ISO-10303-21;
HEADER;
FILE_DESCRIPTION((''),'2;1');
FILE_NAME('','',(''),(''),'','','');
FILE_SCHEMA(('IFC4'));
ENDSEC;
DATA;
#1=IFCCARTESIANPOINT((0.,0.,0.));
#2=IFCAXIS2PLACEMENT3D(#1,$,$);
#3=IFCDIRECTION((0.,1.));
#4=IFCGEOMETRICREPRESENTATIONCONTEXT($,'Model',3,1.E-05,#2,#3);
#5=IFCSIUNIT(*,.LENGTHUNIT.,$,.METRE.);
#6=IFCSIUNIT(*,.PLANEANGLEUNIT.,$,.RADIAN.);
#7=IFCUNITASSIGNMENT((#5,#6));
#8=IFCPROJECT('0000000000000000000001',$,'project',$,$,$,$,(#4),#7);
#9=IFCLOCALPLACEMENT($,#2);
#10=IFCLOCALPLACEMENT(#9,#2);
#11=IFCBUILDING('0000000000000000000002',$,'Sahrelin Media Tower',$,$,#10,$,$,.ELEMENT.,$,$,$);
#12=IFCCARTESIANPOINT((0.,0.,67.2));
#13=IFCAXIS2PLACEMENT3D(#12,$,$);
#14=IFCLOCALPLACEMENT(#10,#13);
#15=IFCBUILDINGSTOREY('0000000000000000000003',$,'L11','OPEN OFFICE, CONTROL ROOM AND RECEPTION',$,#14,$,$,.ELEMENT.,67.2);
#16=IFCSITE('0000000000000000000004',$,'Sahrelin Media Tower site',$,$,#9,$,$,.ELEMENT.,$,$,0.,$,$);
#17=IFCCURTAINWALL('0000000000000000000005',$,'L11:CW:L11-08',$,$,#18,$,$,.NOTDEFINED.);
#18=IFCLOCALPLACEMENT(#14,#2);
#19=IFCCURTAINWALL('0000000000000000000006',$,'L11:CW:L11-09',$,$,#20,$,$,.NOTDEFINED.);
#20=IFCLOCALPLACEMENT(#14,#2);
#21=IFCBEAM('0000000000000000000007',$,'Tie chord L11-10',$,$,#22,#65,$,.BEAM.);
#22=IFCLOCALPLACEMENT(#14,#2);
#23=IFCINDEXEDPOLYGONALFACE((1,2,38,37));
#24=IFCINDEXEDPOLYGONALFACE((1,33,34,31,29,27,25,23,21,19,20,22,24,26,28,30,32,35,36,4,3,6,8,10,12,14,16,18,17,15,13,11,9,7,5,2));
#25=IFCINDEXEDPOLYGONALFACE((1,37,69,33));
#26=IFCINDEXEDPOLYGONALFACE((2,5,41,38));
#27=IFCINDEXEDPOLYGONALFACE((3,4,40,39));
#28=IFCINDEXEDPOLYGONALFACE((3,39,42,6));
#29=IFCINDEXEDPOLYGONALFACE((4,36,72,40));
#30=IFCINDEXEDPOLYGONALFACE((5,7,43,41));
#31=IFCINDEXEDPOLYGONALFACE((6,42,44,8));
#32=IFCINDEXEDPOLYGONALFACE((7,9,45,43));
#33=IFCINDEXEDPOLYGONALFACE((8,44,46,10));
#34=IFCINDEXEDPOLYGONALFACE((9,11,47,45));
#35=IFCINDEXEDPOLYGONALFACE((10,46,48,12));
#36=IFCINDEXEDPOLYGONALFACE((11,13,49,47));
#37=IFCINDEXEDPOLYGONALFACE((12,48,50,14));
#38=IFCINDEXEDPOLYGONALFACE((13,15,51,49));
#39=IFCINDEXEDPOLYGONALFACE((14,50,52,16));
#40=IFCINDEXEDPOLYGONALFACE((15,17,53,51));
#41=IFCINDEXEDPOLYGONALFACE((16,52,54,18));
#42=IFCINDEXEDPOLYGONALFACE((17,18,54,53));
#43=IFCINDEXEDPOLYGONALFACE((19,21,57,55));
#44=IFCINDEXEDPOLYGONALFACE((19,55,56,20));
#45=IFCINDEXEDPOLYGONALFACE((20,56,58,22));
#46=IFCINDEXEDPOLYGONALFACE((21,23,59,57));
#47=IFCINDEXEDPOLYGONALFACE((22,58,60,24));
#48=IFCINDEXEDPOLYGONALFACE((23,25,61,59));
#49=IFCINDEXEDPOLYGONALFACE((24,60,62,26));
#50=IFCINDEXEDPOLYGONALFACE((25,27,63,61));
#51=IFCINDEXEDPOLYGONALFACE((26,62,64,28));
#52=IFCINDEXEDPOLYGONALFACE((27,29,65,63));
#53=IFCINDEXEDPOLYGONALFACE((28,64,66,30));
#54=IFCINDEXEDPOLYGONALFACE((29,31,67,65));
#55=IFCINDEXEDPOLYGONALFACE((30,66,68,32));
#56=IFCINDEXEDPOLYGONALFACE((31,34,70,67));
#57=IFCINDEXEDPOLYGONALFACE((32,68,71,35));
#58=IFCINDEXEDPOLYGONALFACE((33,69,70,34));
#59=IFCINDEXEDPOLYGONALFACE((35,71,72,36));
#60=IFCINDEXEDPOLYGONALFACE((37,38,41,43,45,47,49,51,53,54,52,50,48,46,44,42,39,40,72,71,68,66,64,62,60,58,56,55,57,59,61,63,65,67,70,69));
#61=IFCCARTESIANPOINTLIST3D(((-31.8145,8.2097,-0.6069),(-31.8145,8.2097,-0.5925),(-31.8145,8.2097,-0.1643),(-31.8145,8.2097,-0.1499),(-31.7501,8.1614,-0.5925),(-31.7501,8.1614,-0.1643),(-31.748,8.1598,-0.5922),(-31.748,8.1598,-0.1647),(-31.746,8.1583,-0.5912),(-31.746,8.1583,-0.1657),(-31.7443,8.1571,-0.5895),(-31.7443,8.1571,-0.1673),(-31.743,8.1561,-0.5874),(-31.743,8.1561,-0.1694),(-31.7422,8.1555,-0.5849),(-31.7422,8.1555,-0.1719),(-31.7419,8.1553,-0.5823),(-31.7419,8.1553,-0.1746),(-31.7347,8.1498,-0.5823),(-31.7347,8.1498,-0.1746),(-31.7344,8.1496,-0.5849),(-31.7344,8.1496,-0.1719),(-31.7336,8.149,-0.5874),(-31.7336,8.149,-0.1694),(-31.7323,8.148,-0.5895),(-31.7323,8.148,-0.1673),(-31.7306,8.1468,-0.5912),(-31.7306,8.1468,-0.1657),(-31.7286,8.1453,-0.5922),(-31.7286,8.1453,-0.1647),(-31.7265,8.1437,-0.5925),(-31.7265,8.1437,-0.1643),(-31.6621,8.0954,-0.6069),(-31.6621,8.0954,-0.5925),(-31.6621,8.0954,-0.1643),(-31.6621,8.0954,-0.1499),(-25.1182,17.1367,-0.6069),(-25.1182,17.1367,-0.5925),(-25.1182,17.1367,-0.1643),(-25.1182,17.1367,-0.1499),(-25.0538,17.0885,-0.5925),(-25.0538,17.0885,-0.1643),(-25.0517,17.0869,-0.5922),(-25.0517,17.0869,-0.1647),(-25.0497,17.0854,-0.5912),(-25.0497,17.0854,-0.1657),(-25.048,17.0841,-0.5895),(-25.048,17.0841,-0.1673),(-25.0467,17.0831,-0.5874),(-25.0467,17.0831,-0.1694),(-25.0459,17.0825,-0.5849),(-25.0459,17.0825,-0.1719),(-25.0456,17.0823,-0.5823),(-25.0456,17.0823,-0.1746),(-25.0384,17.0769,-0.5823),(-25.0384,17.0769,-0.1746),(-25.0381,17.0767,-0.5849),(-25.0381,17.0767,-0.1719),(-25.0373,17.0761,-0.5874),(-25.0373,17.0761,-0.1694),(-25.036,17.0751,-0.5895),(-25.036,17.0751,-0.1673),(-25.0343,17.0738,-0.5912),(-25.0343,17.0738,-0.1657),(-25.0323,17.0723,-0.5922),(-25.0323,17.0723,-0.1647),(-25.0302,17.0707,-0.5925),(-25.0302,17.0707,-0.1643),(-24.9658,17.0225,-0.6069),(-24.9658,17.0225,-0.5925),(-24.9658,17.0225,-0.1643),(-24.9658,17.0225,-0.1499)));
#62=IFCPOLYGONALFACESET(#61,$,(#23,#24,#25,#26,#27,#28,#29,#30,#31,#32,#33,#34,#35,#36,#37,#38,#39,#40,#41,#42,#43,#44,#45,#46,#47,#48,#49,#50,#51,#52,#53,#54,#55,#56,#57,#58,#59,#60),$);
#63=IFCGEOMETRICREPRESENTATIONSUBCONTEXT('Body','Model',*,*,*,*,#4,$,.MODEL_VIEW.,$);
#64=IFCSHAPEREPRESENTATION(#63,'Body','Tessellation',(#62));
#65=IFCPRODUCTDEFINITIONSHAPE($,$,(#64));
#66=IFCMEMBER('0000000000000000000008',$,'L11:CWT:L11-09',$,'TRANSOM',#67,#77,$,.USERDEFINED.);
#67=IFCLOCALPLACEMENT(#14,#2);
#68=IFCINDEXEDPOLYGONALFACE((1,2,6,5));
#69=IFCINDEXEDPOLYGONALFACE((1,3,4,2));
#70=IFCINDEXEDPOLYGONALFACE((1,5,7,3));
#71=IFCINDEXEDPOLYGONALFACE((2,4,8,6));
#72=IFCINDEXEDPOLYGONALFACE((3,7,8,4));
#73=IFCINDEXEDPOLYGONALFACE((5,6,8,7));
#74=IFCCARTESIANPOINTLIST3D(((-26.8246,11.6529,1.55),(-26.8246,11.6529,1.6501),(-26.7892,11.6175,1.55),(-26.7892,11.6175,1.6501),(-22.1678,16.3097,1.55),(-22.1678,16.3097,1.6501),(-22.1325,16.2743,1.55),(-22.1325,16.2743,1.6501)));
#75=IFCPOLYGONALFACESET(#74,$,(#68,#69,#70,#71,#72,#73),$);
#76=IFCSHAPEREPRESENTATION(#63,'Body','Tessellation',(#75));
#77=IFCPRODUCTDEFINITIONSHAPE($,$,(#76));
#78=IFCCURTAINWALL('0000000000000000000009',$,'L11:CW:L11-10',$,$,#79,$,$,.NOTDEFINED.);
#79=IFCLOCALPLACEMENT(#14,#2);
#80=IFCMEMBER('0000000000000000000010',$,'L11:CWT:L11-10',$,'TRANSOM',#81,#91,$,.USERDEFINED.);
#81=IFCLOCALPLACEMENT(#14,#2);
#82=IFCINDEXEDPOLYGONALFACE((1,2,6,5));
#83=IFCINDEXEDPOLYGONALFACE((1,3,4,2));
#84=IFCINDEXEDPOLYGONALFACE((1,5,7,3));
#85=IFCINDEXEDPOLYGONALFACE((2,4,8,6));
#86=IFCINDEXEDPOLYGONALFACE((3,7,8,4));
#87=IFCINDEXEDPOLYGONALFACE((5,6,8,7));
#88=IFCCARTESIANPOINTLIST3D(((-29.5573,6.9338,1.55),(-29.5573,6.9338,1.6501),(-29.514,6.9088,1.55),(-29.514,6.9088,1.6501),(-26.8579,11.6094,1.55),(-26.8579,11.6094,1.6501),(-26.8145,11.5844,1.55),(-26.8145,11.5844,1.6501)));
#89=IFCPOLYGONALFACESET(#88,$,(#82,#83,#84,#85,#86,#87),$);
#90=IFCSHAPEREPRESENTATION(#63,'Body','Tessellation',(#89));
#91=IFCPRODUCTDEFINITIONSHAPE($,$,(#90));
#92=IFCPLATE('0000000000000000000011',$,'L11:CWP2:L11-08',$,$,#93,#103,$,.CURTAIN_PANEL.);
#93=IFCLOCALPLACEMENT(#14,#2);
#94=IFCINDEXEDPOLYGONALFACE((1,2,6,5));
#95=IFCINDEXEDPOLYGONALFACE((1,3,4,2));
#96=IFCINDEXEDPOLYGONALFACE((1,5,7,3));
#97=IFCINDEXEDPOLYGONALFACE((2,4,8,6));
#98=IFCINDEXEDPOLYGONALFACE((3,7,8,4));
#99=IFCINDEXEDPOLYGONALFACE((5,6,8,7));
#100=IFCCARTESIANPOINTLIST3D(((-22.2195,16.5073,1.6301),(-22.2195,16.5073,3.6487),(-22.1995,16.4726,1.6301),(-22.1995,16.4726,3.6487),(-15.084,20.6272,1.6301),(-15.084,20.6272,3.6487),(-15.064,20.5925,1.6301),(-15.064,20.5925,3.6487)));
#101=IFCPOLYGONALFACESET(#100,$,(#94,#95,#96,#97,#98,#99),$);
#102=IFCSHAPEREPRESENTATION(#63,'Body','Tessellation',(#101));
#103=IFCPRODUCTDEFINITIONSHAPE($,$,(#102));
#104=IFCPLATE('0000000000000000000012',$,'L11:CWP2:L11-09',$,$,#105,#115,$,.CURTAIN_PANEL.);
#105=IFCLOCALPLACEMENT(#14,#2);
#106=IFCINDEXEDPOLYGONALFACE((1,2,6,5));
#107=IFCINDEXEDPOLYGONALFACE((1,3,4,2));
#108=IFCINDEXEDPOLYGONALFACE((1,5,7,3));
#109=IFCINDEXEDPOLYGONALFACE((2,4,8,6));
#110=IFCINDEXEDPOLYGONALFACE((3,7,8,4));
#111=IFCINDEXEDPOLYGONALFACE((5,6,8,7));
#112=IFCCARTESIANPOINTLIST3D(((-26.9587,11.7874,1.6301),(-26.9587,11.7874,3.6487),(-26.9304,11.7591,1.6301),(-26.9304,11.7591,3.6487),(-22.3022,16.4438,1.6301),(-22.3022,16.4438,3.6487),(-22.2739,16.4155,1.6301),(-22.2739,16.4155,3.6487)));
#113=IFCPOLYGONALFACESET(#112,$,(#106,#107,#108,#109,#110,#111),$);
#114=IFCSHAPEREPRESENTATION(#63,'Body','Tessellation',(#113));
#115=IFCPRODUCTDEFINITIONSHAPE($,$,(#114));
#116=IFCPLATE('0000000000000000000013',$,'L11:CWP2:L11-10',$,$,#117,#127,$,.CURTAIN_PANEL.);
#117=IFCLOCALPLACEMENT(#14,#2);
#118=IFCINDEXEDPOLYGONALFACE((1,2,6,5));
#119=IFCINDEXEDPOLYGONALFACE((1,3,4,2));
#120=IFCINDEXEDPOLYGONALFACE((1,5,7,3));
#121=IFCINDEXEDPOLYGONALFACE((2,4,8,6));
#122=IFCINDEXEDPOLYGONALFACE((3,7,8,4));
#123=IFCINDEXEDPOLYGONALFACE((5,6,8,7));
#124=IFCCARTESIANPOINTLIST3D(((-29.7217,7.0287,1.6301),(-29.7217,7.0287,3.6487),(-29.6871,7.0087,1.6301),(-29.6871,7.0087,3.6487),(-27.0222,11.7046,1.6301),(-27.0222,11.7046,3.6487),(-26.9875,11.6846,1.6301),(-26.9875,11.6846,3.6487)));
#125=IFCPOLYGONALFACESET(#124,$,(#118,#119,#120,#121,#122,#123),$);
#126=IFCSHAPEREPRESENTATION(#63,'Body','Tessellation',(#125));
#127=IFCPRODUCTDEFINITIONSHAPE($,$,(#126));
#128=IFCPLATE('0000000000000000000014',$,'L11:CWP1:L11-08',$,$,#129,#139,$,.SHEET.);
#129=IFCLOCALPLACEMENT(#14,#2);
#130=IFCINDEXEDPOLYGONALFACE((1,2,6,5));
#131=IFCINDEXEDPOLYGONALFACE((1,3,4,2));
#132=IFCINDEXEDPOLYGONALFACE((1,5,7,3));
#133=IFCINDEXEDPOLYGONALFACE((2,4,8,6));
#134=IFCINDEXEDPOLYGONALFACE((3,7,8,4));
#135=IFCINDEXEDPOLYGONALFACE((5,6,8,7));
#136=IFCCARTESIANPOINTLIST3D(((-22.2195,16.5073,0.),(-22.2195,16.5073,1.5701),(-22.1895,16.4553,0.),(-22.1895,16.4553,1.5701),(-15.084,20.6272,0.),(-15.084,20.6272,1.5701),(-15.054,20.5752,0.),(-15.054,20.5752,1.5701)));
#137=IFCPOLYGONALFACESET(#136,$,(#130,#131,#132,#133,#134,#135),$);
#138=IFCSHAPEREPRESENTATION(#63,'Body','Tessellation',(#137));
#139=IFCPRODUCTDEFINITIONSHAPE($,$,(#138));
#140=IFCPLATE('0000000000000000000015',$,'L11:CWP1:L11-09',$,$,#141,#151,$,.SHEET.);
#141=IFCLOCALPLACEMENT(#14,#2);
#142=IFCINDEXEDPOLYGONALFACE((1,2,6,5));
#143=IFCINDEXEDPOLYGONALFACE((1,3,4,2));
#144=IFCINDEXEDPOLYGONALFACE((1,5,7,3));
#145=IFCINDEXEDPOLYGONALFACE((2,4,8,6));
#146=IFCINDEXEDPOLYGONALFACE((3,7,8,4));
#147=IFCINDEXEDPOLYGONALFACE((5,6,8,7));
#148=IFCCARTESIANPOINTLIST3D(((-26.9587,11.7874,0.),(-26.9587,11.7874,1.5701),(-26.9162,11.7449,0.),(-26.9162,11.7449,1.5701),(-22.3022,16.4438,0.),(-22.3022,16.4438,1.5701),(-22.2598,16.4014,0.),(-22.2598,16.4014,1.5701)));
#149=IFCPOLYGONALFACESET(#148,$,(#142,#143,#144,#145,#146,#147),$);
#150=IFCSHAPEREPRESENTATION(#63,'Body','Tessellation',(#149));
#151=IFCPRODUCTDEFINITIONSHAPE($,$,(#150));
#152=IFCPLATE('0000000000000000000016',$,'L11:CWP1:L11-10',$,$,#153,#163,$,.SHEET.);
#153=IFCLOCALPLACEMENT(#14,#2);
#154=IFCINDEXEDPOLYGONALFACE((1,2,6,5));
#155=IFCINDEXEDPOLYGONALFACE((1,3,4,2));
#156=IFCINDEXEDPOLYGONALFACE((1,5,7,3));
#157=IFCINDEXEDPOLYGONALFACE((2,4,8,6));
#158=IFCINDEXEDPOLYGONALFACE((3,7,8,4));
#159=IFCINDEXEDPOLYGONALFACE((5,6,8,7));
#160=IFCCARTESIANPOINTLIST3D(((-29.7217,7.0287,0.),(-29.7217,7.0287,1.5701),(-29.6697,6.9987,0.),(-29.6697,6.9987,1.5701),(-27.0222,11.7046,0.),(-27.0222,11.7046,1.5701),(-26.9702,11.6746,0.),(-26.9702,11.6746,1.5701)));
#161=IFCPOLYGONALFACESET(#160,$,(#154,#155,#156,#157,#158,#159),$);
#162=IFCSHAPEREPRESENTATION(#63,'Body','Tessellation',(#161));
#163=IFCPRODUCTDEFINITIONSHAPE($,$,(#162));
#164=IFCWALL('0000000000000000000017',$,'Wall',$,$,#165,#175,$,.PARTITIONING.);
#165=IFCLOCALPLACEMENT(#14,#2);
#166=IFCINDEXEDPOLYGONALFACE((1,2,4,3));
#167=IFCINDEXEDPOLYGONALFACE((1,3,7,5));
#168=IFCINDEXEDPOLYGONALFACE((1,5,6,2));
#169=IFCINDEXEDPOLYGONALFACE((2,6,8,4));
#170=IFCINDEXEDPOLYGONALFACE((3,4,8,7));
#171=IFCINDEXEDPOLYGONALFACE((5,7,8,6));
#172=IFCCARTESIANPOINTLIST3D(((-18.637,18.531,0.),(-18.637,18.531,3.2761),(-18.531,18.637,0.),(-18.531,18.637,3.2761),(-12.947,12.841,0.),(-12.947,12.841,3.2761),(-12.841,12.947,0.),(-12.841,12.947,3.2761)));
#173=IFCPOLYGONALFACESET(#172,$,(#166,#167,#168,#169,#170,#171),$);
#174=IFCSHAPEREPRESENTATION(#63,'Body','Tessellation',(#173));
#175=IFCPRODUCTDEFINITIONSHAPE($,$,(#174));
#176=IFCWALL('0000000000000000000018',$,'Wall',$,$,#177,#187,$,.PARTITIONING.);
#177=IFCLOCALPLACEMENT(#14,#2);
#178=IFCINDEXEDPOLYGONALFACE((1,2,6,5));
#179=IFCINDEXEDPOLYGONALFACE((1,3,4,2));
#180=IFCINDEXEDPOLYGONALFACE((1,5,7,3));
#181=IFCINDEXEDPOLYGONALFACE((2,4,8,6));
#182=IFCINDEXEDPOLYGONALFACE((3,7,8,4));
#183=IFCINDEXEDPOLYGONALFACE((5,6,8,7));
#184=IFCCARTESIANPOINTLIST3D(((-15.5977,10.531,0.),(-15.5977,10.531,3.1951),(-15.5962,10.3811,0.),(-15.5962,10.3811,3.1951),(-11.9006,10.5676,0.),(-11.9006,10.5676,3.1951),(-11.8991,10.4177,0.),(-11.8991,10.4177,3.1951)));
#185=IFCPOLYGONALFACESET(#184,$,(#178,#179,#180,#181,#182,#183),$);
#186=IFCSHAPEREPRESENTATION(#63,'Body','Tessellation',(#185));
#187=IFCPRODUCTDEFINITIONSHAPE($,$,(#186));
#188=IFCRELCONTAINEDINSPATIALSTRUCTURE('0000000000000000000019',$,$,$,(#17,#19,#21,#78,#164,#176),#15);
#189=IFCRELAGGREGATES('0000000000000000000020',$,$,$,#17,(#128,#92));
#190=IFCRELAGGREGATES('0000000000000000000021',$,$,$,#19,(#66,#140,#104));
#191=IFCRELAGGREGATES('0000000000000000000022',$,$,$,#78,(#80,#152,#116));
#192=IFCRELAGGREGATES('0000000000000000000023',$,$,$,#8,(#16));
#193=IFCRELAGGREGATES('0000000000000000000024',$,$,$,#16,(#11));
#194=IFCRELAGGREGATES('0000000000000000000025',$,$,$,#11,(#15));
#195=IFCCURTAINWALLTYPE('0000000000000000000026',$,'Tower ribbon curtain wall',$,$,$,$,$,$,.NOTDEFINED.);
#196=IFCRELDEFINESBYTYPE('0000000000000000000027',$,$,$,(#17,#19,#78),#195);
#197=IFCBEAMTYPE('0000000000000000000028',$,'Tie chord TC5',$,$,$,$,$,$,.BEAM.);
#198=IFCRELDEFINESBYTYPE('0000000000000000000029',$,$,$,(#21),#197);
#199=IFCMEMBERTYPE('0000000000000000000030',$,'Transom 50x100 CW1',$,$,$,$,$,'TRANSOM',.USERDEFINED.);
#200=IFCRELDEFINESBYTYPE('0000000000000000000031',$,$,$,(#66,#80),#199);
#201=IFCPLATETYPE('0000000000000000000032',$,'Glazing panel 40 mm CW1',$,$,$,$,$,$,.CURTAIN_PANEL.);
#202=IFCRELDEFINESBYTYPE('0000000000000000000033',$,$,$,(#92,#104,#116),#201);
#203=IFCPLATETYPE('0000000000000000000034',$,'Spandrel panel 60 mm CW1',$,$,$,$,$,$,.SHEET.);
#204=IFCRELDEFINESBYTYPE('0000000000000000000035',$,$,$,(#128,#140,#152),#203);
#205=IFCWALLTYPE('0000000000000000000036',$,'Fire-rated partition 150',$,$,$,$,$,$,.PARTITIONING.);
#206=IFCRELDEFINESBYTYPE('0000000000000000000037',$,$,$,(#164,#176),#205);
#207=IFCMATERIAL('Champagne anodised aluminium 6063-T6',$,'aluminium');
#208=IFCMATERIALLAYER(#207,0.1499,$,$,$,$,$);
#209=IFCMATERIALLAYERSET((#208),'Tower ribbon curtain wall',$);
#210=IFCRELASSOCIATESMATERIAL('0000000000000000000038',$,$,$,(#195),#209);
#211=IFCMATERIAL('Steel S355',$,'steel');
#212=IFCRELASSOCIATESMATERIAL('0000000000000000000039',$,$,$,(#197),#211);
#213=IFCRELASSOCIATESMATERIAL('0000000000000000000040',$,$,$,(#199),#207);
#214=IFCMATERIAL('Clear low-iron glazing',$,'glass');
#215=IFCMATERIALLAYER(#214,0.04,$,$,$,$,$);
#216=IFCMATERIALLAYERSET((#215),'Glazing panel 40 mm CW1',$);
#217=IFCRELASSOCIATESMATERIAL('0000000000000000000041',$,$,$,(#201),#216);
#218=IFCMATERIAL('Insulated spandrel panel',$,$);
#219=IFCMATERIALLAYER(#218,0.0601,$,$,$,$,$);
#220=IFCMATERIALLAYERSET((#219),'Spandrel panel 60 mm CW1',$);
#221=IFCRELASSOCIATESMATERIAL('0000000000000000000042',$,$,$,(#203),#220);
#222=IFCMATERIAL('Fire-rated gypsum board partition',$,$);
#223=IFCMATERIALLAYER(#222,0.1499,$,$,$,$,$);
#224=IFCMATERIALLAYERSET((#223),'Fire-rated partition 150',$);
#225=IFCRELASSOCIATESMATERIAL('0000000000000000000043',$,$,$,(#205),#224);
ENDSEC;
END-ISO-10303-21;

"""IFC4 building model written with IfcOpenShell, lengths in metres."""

from ifc_helpers import new_model, si_unit, direction, frame, frame_2d, origin, origin_2d, place, context, subcontext, project, spatial, polyline, rectangle, i_section, outline, extrude, material, layer, layer_set, material_profile, profile_set, type_object, element, aggregate, save


model = new_model("IFC4")

# Units and contexts
model_context = context("Model", 3, precision=1e-05, world=origin(), true_north=direction((0.0, 1.0)))
body_context = subcontext(model_context, "Body", "Model", "MODEL_VIEW")
ifc_project = project(units=[si_unit("LENGTHUNIT", "METRE"), si_unit("PLANEANGLEUNIT", "RADIAN")], contexts=[model_context])

# Site, building, storey
site_placement = place(None, origin())
site = spatial("IfcSite", under=ifc_project, at=site_placement, Name="Sahrelin Media Tower site", CompositionType="ELEMENT", RefElevation=0.0)
building_placement = place(site_placement, origin())
building = spatial("IfcBuilding", under=site, at=building_placement, Name="Sahrelin Media Tower", CompositionType="ELEMENT")
storey_placement = place(building_placement, frame((0.0, 0.0, 67.2)))
storey = spatial("IfcBuildingStorey", under=building, at=storey_placement, Name="L11", Description="OPEN OFFICE, CONTROL ROOM AND RECEPTION", CompositionType="ELEMENT", Elevation=67.2)

# Shared definitions
ifc_material_1 = material(Name="Steel S355", Category="steel")

# Curtain walls
ifc_material_2 = material(Name="Champagne anodised aluminium 6063-T6", Category="aluminium")
ifc_layer_1 = layer(ifc_material_2, 0.1499)
ifc_layer_set_1 = layer_set([ifc_layer_1], Name="Tower ribbon curtain wall")
curtain_wall_type = type_object("IfcCurtainWallType", Name="Tower ribbon curtain wall", PredefinedType="NOTDEFINED", material=ifc_layer_set_1)
curtain_wall_1_placement = place(storey_placement, frame((-18.6416, 18.5498, 0.0), z_axis=(0.0, 0.0, 1.0), x_axis=(1.0, 0.0, 0.0)))
curtain_wall_1 = element("IfcCurtainWall", 1, at=curtain_wall_1_placement, inside=storey, type_object=curtain_wall_type, Name="L11:CW:L11-08", PredefinedType="NOTDEFINED")
curtain_wall_2_placement = place(storey_placement, frame((-24.6165, 14.1013, 0.0), z_axis=(0.0, 0.0, 1.0), x_axis=(1.0, 0.0, 0.0)))
curtain_wall_2 = element("IfcCurtainWall", 2, at=curtain_wall_2_placement, inside=storey, type_object=curtain_wall_type, Name="L11:CW:L11-09", PredefinedType="NOTDEFINED")

# Beam
ifc_material_profile_1 = material_profile(ifc_material_1, i_section(OverallWidth=0.1904, OverallDepth=0.457, WebThickness=0.009, FlangeThickness=0.0144, FilletRadius=0.0103, at=origin_2d()), Name="UB 457x191x74")
ifc_profile_set_1 = profile_set([ifc_material_profile_1], Name="Steel S355")
beam_type_1 = type_object("IfcBeamType", Name="Tie chord TC5", PredefinedType="BEAM", material=ifc_profile_set_1)
beam_1_placement = place(storey_placement, frame((-25.042, 17.0796, -0.3784), z_axis=(-0.60006, -0.799955, 0.0), x_axis=(0.799955, -0.60006, 0.0)))
element("IfcBeam", 3, at=beam_1_placement, inside=storey, type_object=beam_type_1, Name="Tie chord L11-10", PredefinedType="BEAM", context=body_context, shape_type="SweptSolid", body=[
    extrude(i_section(OverallWidth=0.1904, OverallDepth=0.457, WebThickness=0.009, FlangeThickness=0.0144, FilletRadius=0.0103, at=origin_2d()), origin(), (0.0, 0.0, 1.0), 11.1594),
])

# Member
ifc_material_profile_2 = material_profile(ifc_material_2, rectangle(XDim=0.05, YDim=0.1001, at=origin_2d()), Name="Transom 50x100")
ifc_profile_set_2 = profile_set([ifc_material_profile_2], Name="Champagne anodised aluminium 6063-T6")
member_type_1 = type_object("IfcMemberType", Name="Transom 50x100 CW1", ElementType="TRANSOM", PredefinedType="USERDEFINED", material=ifc_profile_set_2)
member_1_placement = place(storey_placement, frame((-22.1501, 16.292, 1.6001), z_axis=(-0.707107, -0.707107, 0.0), x_axis=(0.707107, -0.707107, 0.0)))
member_1 = element("IfcMember", 4, at=member_1_placement, type_object=member_type_1, Name="L11:CWT:L11-09", ObjectType="TRANSOM", PredefinedType="USERDEFINED", context=body_context, shape_type="SweptSolid", body=[
    extrude(rectangle(XDim=0.05, YDim=0.1001, at=origin_2d()), origin(), (0.0, 0.0, 1.0), 6.5857),
])

# Curtain wall, member
curtain_wall_3_placement = place(storey_placement, frame((-28.3547, 9.3567, 0.0), z_axis=(0.0, 0.0, 1.0), x_axis=(1.0, 0.0, 0.0)))
curtain_wall_3 = element("IfcCurtainWall", 5, at=curtain_wall_3_placement, inside=storey, type_object=curtain_wall_type, Name="L11:CW:L11-10", PredefinedType="NOTDEFINED")
member_2_placement = place(storey_placement, frame((-26.8362, 11.5969, 1.6001), z_axis=(-0.500006, -0.866022, 0.0), x_axis=(0.866022, -0.500006, 0.0)))
member_2 = element("IfcMember", 6, at=member_2_placement, type_object=member_type_1, Name="L11:CWT:L11-10", ObjectType="TRANSOM", PredefinedType="USERDEFINED", context=body_context, shape_type="SweptSolid", body=[
    extrude(rectangle(XDim=0.05, YDim=0.1001, at=origin_2d()), origin(), (0.0, 0.0, 1.0), 5.3989),
])

# Plates
ifc_material_3 = material(Name="Clear low-iron glazing", Category="glass")
ifc_layer_2 = layer(ifc_material_3, 0.04)
ifc_layer_set_2 = layer_set([ifc_layer_2], Name="Glazing panel 40 mm CW1")
plate_type_1 = type_object("IfcPlateType", Name="Glazing panel 40 mm CW1", PredefinedType="CURTAIN_PANEL", material=ifc_layer_set_2)
plate_1_placement = place(storey_placement, frame((-15.084, 20.6272, 1.6301), z_axis=(-0.500017, 0.866015, 0.0), x_axis=(-0.866015, -0.500017, 0.0)))
plate_1 = element("IfcPlate", 7, at=plate_1_placement, type_object=plate_type_1, Name="L11:CWP2:L11-08", PredefinedType="CURTAIN_PANEL", context=body_context, shape_type="SweptSolid", body=[
    extrude(outline(polyline([(0.0, 0.0), (8.2395, 0.0), (8.2395, 2.0186), (0.0, 2.0186), (0.0, 0.0)])), origin(), (0.0, 0.0, -1.0), 0.04),
])
plate_2_placement = place(storey_placement, frame((-22.3022, 16.4438, 1.6301), z_axis=(-0.707107, 0.707107, 0.0), x_axis=(-0.707107, -0.707107, 0.0)))
plate_2 = element("IfcPlate", 8, at=plate_2_placement, type_object=plate_type_1, Name="L11:CWP2:L11-09", PredefinedType="CURTAIN_PANEL", context=body_context, shape_type="SweptSolid", body=[
    extrude(outline(polyline([(0.0, 0.0), (6.5852, 0.0), (6.5852, 2.0186), (0.0, 2.0186), (0.0, 0.0)])), origin(), (0.0, 0.0, -1.0), 0.04),
])
plate_3_placement = place(storey_placement, frame((-27.0222, 11.7046, 1.6301), z_axis=(-0.866033, 0.499986, 0.0), x_axis=(-0.499986, -0.866033, 0.0)))
plate_3 = element("IfcPlate", 9, at=plate_3_placement, type_object=plate_type_1, Name="L11:CWP2:L11-10", PredefinedType="CURTAIN_PANEL", context=body_context, shape_type="SweptSolid", body=[
    extrude(outline(polyline([(0.0, 0.0), (5.3992, 0.0), (5.3992, 2.0186), (0.0, 2.0186), (0.0, 0.0)])), origin(), (0.0, 0.0, -1.0), 0.04),
])
ifc_material_4 = material(Name="Insulated spandrel panel")
ifc_layer_3 = layer(ifc_material_4, 0.0601)
ifc_layer_set_3 = layer_set([ifc_layer_3], Name="Spandrel panel 60 mm CW1")
plate_type_2 = type_object("IfcPlateType", Name="Spandrel panel 60 mm CW1", PredefinedType="SHEET", material=ifc_layer_set_3)
plate_4_placement = place(storey_placement, frame((-15.084, 20.6272, 0.0), z_axis=(-0.500017, 0.866015, 0.0), x_axis=(-0.866015, -0.500017, 0.0)))
plate_4 = element("IfcPlate", 10, at=plate_4_placement, type_object=plate_type_2, Name="L11:CWP1:L11-08", PredefinedType="SHEET", context=body_context, shape_type="SweptSolid", body=[
    extrude(outline(polyline([(0.0, 0.0), (8.2395, 0.0), (8.2395, 1.5701), (0.0, 1.5701), (0.0, 0.0)])), origin(), (0.0, 0.0, -1.0), 0.0601),
])
aggregate(curtain_wall_1, [plate_4, plate_1])
plate_5_placement = place(storey_placement, frame((-22.3022, 16.4438, 0.0), z_axis=(-0.707107, 0.707107, 0.0), x_axis=(-0.707107, -0.707107, 0.0)))
plate_5 = element("IfcPlate", 11, at=plate_5_placement, type_object=plate_type_2, Name="L11:CWP1:L11-09", PredefinedType="SHEET", context=body_context, shape_type="SweptSolid", body=[
    extrude(outline(polyline([(0.0, 0.0), (6.5852, 0.0), (6.5852, 1.5701), (0.0, 1.5701), (0.0, 0.0)])), origin(), (0.0, 0.0, -1.0), 0.0601),
])
aggregate(curtain_wall_2, [member_1, plate_5, plate_2])
plate_6_placement = place(storey_placement, frame((-27.0222, 11.7046, 0.0), z_axis=(-0.866033, 0.499986, 0.0), x_axis=(-0.499986, -0.866033, 0.0)))
plate_6 = element("IfcPlate", 12, at=plate_6_placement, type_object=plate_type_2, Name="L11:CWP1:L11-10", PredefinedType="SHEET", context=body_context, shape_type="SweptSolid", body=[
    extrude(outline(polyline([(0.0, 0.0), (5.3992, 0.0), (5.3992, 1.5701), (0.0, 1.5701), (0.0, 0.0)])), origin(), (0.0, 0.0, -1.0), 0.0601),
])
aggregate(curtain_wall_3, [member_2, plate_6, plate_3])

# Walls
ifc_material_5 = material(Name="Fire-rated gypsum board partition")
ifc_layer_4 = layer(ifc_material_5, 0.1499)
ifc_layer_set_4 = layer_set([ifc_layer_4], Name="Fire-rated partition 150")
wall_type_1 = type_object("IfcWallType", Name="Fire-rated partition 150", PredefinedType="PARTITIONING", material=ifc_layer_set_4)
wall_1_placement = place(storey_placement, frame((-18.584, 18.584, 0.0), z_axis=(0.0, 0.0, 1.0), x_axis=(0.707107, -0.707107, 0.0)))
element("IfcWall", 13, at=wall_1_placement, inside=storey, type_object=wall_type_1, Name="Wall", PredefinedType="PARTITIONING", context=body_context, shape_type="SweptSolid", body=[
    extrude(rectangle(XDim=8.0469, YDim=0.1499, at=frame_2d((4.0234, 0.0))), origin(), (0.0, 0.0, 1.0), 3.2761),
])
wall_2_placement = place(storey_placement, frame((-15.5969, 10.4561, 0.0), z_axis=(0.0, 0.0, 1.0), x_axis=(0.999951, 0.009905, 0.0)))
element("IfcWall", 14, at=wall_2_placement, inside=storey, type_object=wall_type_1, Name="Wall", PredefinedType="PARTITIONING", context=body_context, shape_type="SweptSolid", body=[
    extrude(rectangle(XDim=3.6973, YDim=0.1499, at=frame_2d((1.8486, 0.0))), origin(), (0.0, 0.0, 1.0), 3.1951),
])

save(model, "model.ifc")
